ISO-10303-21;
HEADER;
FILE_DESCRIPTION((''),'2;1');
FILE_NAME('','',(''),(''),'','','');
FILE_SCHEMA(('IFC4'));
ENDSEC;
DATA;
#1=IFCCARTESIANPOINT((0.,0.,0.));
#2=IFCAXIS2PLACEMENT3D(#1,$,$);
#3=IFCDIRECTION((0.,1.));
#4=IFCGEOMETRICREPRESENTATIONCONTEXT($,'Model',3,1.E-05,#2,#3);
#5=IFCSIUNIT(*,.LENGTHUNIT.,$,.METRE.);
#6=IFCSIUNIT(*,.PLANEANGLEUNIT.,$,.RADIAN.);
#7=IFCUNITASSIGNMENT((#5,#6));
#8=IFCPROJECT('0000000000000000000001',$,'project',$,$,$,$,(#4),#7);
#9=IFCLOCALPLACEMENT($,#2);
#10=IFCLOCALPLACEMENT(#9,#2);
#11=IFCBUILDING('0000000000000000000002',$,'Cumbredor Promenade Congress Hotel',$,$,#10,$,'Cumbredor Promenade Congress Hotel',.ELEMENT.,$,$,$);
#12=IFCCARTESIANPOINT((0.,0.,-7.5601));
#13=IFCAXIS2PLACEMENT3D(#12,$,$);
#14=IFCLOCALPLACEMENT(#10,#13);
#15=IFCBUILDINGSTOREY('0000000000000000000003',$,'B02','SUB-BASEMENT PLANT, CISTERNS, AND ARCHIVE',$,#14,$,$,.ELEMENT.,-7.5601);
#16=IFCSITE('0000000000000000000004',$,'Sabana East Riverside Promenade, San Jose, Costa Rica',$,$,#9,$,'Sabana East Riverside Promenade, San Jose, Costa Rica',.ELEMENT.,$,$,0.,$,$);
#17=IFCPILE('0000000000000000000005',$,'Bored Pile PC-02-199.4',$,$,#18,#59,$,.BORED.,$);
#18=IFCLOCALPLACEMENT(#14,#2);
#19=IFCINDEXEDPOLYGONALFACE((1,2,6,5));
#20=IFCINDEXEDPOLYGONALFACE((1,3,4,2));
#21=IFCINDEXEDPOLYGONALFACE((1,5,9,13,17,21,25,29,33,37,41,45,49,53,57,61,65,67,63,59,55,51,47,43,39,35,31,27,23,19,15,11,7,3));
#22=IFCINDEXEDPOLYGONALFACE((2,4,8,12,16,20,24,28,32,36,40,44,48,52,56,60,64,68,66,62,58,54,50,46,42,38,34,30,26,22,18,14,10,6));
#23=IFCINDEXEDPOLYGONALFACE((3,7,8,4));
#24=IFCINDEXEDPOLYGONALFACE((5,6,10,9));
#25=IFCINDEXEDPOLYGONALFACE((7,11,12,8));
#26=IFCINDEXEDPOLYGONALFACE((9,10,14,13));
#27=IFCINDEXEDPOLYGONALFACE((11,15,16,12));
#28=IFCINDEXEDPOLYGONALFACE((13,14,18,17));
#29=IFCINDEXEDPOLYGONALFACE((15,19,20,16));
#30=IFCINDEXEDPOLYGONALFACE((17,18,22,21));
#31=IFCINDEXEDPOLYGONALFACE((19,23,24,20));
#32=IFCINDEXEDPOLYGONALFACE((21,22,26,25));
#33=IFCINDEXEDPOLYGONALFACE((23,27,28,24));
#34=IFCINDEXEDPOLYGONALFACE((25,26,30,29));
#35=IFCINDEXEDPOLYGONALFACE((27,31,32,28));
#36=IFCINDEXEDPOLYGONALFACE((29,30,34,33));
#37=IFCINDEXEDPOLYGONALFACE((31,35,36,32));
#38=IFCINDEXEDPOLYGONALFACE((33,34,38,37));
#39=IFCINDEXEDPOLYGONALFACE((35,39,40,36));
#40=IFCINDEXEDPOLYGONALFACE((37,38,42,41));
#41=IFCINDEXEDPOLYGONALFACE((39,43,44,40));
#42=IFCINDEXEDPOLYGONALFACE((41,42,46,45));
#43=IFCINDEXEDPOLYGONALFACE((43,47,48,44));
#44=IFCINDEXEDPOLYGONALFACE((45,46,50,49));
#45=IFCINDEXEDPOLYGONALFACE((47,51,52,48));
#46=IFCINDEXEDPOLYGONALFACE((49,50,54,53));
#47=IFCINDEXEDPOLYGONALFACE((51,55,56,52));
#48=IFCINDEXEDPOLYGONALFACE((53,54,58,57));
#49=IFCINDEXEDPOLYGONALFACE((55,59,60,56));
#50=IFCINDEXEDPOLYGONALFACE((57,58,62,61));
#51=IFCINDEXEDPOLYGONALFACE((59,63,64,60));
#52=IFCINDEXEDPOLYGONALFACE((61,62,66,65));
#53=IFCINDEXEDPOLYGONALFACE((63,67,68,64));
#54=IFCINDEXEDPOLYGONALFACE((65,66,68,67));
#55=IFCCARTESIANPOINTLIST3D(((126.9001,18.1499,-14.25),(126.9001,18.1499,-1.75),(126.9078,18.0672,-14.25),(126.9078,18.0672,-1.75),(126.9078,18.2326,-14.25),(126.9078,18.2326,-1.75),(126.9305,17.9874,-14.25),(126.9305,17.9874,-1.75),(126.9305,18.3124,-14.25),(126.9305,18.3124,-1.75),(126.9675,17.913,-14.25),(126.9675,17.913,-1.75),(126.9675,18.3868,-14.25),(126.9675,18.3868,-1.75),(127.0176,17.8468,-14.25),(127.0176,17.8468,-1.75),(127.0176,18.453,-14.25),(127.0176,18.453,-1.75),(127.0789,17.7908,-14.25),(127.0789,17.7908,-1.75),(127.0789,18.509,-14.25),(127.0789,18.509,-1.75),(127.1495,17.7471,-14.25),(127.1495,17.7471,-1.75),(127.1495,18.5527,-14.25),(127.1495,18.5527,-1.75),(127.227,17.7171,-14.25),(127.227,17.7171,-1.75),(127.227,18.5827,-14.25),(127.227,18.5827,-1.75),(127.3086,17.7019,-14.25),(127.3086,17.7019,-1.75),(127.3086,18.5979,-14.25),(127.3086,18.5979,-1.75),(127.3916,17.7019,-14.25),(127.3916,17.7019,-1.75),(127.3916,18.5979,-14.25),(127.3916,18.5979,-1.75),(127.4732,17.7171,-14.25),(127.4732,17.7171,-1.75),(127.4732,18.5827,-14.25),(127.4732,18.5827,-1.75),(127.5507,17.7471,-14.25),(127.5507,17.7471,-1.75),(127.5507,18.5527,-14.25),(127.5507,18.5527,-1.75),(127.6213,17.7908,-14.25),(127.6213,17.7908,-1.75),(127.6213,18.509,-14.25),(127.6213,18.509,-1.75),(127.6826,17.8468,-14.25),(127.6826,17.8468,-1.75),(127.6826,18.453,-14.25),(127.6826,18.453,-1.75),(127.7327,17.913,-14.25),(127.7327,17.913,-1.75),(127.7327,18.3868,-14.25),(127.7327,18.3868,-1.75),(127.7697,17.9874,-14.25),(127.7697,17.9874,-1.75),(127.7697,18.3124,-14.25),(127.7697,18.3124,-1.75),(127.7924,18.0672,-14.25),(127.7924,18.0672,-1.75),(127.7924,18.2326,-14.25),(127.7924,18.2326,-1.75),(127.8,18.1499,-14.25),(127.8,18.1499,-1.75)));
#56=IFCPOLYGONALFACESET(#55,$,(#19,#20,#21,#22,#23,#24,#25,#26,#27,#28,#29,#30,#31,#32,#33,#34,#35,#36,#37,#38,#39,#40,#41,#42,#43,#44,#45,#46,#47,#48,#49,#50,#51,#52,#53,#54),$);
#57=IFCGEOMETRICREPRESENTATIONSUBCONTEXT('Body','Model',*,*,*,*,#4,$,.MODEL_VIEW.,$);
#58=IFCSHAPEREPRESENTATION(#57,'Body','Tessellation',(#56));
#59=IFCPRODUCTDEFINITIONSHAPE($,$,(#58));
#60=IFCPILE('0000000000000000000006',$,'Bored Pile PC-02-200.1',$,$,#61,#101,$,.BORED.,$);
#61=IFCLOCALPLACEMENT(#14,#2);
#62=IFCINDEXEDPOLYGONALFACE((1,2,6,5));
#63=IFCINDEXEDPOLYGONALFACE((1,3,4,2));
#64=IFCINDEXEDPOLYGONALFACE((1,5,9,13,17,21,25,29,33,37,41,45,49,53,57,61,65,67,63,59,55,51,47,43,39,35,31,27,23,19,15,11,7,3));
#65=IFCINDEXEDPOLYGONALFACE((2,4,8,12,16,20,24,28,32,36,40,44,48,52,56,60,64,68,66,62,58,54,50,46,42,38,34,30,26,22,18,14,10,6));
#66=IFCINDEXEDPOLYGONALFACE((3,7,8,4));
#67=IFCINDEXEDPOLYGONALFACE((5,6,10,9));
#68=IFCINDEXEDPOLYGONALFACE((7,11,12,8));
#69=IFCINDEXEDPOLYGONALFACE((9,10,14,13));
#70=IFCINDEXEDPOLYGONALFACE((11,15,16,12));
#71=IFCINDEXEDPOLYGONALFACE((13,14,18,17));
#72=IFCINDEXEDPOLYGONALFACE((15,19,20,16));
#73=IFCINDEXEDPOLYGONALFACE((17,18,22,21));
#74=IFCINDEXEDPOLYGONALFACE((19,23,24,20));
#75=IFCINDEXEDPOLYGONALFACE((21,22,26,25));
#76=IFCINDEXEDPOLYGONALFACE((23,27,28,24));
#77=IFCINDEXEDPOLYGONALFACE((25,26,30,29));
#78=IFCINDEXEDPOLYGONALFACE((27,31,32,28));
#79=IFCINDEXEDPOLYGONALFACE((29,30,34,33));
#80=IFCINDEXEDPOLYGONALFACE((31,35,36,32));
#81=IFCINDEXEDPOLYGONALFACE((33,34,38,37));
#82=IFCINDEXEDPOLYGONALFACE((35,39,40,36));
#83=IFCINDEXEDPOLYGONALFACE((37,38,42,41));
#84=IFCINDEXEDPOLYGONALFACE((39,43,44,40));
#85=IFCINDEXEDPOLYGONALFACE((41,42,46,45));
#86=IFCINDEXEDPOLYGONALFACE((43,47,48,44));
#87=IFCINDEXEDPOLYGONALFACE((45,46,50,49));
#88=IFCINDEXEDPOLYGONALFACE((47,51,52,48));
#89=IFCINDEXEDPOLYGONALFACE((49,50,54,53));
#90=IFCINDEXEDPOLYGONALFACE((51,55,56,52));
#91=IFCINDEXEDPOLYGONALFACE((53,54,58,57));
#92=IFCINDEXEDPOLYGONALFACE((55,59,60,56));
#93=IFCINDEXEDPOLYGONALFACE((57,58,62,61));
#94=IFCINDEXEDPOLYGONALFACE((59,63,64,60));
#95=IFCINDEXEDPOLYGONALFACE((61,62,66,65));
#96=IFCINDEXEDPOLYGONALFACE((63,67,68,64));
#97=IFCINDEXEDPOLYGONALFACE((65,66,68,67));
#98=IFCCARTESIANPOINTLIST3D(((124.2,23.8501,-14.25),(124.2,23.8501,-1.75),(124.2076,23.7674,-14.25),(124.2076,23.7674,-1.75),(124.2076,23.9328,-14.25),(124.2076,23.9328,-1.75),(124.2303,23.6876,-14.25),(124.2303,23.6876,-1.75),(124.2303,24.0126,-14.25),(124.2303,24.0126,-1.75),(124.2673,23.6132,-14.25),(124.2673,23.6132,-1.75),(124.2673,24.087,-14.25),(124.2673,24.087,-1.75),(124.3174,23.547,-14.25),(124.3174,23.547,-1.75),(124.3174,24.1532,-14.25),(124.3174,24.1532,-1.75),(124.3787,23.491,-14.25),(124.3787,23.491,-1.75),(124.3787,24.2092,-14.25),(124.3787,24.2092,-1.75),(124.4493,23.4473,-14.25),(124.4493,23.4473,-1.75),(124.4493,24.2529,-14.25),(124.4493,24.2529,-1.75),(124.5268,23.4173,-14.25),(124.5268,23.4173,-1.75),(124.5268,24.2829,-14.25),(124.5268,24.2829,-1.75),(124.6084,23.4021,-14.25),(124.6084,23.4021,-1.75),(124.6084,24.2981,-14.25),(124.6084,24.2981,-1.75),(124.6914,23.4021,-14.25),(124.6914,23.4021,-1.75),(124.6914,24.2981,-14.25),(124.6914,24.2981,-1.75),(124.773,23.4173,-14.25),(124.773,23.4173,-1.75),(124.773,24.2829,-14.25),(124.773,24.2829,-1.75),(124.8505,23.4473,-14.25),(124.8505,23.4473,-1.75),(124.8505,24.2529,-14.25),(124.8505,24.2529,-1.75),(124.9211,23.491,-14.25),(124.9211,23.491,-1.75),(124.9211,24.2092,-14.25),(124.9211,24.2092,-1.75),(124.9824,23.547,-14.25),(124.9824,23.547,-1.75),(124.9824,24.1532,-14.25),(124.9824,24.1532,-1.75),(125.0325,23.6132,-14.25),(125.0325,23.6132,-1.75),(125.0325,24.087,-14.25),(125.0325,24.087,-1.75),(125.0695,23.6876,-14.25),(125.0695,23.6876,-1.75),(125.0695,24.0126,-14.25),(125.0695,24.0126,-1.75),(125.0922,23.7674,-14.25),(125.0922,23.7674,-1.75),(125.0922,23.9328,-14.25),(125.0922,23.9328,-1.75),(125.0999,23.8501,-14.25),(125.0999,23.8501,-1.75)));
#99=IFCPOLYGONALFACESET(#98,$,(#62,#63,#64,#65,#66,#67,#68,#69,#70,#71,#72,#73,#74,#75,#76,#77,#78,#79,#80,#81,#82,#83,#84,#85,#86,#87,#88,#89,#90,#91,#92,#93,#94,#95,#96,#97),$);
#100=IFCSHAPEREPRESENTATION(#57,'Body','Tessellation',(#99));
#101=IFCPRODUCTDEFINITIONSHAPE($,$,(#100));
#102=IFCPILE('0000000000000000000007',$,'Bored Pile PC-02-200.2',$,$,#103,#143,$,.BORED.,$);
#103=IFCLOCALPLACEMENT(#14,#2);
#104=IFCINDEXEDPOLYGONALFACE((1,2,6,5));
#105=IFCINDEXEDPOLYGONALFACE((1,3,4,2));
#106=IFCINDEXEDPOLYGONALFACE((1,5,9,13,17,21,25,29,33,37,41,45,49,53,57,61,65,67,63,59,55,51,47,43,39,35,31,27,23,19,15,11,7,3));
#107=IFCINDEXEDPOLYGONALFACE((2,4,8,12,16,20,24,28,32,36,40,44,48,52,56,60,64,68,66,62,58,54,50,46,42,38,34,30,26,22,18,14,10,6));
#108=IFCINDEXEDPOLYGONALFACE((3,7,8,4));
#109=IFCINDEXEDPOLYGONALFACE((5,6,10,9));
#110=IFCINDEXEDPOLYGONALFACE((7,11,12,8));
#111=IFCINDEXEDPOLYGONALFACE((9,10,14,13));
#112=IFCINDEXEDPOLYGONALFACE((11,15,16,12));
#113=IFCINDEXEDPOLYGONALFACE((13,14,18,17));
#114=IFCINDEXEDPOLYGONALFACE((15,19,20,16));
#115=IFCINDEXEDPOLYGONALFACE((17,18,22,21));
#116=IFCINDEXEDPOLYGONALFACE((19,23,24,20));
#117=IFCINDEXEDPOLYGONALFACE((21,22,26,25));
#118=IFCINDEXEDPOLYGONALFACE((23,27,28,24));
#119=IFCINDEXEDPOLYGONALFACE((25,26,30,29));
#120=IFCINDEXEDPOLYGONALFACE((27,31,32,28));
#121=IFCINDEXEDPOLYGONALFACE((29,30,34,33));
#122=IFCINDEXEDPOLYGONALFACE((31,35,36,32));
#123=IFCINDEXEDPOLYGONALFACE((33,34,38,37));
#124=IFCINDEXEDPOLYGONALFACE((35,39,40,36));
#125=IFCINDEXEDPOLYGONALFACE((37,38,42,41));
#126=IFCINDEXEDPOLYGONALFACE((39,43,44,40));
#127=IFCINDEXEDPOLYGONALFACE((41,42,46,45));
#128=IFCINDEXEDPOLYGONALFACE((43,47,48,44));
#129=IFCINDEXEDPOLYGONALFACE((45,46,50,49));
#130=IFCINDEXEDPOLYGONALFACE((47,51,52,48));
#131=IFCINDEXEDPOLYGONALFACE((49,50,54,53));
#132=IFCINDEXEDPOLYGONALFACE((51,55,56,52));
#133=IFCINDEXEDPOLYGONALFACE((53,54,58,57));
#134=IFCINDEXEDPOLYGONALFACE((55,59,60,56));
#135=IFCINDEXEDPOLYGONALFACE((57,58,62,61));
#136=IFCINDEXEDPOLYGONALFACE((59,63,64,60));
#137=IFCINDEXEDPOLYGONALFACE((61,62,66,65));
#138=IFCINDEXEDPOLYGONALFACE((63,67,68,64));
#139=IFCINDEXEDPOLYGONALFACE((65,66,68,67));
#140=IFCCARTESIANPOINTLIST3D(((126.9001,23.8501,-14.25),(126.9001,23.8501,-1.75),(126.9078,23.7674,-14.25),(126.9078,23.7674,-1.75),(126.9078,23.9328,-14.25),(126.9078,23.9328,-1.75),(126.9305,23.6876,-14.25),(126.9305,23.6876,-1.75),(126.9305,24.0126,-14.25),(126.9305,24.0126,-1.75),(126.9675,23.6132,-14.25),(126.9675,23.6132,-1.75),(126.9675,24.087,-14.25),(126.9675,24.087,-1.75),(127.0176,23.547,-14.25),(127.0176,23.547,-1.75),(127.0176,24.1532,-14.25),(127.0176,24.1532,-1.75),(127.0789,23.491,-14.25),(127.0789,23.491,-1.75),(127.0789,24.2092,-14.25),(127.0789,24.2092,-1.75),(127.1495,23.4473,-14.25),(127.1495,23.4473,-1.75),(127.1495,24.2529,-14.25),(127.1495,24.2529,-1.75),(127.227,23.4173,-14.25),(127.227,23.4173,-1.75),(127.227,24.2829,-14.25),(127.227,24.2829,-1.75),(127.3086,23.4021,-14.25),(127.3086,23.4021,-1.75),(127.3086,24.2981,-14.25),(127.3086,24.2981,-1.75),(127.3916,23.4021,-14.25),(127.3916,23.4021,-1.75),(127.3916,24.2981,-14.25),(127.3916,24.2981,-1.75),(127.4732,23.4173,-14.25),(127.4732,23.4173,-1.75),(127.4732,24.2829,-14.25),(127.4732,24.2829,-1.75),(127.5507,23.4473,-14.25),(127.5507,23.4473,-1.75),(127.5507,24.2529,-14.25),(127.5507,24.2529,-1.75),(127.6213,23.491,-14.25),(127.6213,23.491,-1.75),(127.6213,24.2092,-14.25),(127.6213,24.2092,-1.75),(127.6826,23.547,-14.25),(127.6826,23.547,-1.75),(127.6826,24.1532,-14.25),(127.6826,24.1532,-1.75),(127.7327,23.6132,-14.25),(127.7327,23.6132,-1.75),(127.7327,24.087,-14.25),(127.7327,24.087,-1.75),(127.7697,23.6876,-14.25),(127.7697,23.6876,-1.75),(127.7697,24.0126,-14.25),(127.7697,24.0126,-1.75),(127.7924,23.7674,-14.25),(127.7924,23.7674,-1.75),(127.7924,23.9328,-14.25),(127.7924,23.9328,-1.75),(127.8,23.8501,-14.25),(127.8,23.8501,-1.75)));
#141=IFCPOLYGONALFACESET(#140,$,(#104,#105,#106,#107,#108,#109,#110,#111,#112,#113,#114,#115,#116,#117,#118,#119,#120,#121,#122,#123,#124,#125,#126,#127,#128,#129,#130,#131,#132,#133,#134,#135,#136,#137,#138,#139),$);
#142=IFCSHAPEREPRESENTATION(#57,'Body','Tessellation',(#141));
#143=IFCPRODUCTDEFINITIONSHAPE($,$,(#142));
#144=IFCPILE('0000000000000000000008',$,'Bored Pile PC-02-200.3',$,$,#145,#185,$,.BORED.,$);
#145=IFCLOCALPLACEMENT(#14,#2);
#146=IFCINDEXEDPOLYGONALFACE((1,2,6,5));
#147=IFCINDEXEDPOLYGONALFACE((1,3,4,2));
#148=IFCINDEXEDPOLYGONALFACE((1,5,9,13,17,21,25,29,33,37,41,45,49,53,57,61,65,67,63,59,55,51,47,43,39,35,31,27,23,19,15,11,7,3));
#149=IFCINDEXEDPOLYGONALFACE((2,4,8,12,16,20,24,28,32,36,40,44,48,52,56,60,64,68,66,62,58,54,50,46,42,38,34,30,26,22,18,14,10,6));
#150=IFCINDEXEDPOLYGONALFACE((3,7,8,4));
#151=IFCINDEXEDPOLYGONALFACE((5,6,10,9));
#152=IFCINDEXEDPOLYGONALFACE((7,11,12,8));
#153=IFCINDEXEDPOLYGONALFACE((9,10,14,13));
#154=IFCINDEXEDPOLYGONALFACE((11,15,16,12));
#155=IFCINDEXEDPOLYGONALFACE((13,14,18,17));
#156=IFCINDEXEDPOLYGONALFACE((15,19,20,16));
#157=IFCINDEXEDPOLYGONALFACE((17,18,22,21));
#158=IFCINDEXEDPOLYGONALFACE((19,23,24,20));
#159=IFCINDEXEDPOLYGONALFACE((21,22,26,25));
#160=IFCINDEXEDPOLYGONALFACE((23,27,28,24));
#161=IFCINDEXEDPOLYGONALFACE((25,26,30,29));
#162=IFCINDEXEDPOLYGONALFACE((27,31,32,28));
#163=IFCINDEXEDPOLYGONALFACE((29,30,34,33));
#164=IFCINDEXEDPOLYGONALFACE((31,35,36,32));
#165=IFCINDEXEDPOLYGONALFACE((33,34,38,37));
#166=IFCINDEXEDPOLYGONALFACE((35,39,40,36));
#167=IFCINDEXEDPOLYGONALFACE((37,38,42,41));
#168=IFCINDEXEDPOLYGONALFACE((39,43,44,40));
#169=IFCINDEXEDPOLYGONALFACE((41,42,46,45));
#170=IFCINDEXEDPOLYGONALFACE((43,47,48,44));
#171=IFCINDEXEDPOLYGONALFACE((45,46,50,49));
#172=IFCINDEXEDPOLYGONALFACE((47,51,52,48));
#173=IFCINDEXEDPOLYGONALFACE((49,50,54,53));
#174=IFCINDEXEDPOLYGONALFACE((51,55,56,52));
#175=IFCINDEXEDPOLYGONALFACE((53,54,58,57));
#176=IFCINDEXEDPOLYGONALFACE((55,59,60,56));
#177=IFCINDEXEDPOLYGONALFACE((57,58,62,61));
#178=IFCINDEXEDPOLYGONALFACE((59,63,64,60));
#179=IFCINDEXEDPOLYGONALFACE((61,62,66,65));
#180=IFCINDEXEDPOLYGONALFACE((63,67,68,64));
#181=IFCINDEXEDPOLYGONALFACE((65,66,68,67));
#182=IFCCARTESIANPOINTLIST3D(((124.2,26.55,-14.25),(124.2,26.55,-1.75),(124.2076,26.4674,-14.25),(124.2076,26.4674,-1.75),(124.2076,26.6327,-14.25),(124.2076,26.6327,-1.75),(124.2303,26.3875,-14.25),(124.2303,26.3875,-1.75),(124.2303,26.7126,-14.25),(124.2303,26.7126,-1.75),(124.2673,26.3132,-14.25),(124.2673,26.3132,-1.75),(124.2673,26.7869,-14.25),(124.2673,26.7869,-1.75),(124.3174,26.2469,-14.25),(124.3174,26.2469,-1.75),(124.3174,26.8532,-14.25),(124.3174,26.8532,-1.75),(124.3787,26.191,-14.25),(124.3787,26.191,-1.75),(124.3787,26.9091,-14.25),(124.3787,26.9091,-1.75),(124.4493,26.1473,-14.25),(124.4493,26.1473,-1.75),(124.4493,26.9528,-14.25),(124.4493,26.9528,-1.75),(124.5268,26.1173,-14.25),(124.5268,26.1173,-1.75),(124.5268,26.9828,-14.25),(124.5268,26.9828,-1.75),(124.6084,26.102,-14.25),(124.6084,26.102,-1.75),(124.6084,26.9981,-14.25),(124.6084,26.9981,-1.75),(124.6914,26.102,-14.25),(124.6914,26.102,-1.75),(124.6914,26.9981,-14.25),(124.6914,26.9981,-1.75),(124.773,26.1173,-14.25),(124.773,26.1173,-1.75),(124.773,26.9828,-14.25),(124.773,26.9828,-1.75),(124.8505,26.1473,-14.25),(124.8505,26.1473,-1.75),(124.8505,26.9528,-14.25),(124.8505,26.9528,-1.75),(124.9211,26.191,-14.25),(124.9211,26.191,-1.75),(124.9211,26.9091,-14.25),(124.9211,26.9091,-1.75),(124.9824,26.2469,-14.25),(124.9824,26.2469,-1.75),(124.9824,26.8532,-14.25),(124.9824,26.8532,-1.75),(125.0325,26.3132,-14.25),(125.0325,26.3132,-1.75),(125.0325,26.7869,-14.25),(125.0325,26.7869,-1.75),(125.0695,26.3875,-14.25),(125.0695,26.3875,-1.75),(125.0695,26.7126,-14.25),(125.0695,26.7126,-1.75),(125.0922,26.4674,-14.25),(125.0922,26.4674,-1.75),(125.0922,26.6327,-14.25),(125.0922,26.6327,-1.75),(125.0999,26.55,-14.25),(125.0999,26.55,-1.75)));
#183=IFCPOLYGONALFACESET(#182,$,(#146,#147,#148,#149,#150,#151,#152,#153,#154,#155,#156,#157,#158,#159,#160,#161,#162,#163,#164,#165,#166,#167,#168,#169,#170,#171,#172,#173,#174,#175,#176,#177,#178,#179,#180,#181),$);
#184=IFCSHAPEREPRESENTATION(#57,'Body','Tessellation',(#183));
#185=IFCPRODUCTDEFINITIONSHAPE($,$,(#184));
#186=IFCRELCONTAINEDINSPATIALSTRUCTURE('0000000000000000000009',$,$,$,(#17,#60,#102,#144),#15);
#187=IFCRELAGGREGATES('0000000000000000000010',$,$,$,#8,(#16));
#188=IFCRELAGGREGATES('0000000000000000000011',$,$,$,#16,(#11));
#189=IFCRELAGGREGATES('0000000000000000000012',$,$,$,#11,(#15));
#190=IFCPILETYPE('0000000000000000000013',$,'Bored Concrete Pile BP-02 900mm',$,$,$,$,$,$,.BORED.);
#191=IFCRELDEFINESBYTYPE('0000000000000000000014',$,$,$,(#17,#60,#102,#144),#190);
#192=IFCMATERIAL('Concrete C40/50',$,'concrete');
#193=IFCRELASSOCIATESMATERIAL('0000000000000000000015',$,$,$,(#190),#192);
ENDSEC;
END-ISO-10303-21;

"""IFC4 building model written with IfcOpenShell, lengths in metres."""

from ifc_helpers import new_model, si_unit, direction, frame, origin, origin_2d, place, context, subcontext, project, spatial, circle, extrude, material, material_profile, profile_set, type_object, element, save


model = new_model("IFC4")

# Units and contexts
model_context = context("Model", 3, precision=1e-05, world=origin(), true_north=direction((0.0, 1.0)))
body_context = subcontext(model_context, "Body", "Model", "MODEL_VIEW")
ifc_project = project(units=[si_unit("LENGTHUNIT", "METRE"), si_unit("PLANEANGLEUNIT", "RADIAN")], contexts=[model_context])

# Site, building, storey
site_placement = place(None, origin())
site = spatial("IfcSite", under=ifc_project, at=site_placement, Name="Sabana East Riverside Promenade, San Jose, Costa Rica", LongName="Sabana East Riverside Promenade, San Jose, Costa Rica", CompositionType="ELEMENT", RefElevation=0.0)
building_placement = place(site_placement, origin())
building = spatial("IfcBuilding", under=site, at=building_placement, Name="Cumbredor Promenade Congress Hotel", LongName="Cumbredor Promenade Congress Hotel", CompositionType="ELEMENT")
storey_placement = place(building_placement, frame((0.0, 0.0, -7.5601)))
storey = spatial("IfcBuildingStorey", under=building, at=storey_placement, Name="B02", Description="SUB-BASEMENT PLANT, CISTERNS, AND ARCHIVE", CompositionType="ELEMENT", Elevation=-7.5601)

# Piles
ifc_material_1 = material(Name="Concrete C40/50", Category="concrete")
ifc_material_profile_1 = material_profile(ifc_material_1, circle(Radius=0.45, at=origin_2d()), Name="PILE D900")
ifc_profile_set_1 = profile_set([ifc_material_profile_1], Name="Concrete C40/50")
pile_type = type_object("IfcPileType", Name="Bored Concrete Pile BP-02 900mm", PredefinedType="BORED", material=ifc_profile_set_1)
for number, where, z_axis, x_axis, name in (
    (1, (127.3501, 18.1499, -1.75), (0.0, 0.0, -1.0), (1.0, 0.0, 0.0), "Bored Pile PC-02-199.4"),
    (2, (124.6499, 23.8501, -1.75), (0.0, 0.0, -1.0), (1.0, 0.0, 0.0), "Bored Pile PC-02-200.1"),
    (3, (127.3501, 23.8501, -1.75), (0.0, 0.0, -1.0), (1.0, 0.0, 0.0), "Bored Pile PC-02-200.2"),
    (4, (124.6499, 26.55, -1.75), (0.0, 0.0, -1.0), (1.0, 0.0, 0.0), "Bored Pile PC-02-200.3"),
):
    element("IfcPile", number, at=place(storey_placement, frame(where, z_axis=z_axis, x_axis=x_axis)), inside=storey, type_object=pile_type, Name=name, PredefinedType="BORED", context=body_context, shape_type="SweptSolid", body=[
        extrude(circle(Radius=0.45, at=origin_2d()), origin(), (0.0, 0.0, 1.0), 12.5),
    ])

save(model, "model.ifc")
